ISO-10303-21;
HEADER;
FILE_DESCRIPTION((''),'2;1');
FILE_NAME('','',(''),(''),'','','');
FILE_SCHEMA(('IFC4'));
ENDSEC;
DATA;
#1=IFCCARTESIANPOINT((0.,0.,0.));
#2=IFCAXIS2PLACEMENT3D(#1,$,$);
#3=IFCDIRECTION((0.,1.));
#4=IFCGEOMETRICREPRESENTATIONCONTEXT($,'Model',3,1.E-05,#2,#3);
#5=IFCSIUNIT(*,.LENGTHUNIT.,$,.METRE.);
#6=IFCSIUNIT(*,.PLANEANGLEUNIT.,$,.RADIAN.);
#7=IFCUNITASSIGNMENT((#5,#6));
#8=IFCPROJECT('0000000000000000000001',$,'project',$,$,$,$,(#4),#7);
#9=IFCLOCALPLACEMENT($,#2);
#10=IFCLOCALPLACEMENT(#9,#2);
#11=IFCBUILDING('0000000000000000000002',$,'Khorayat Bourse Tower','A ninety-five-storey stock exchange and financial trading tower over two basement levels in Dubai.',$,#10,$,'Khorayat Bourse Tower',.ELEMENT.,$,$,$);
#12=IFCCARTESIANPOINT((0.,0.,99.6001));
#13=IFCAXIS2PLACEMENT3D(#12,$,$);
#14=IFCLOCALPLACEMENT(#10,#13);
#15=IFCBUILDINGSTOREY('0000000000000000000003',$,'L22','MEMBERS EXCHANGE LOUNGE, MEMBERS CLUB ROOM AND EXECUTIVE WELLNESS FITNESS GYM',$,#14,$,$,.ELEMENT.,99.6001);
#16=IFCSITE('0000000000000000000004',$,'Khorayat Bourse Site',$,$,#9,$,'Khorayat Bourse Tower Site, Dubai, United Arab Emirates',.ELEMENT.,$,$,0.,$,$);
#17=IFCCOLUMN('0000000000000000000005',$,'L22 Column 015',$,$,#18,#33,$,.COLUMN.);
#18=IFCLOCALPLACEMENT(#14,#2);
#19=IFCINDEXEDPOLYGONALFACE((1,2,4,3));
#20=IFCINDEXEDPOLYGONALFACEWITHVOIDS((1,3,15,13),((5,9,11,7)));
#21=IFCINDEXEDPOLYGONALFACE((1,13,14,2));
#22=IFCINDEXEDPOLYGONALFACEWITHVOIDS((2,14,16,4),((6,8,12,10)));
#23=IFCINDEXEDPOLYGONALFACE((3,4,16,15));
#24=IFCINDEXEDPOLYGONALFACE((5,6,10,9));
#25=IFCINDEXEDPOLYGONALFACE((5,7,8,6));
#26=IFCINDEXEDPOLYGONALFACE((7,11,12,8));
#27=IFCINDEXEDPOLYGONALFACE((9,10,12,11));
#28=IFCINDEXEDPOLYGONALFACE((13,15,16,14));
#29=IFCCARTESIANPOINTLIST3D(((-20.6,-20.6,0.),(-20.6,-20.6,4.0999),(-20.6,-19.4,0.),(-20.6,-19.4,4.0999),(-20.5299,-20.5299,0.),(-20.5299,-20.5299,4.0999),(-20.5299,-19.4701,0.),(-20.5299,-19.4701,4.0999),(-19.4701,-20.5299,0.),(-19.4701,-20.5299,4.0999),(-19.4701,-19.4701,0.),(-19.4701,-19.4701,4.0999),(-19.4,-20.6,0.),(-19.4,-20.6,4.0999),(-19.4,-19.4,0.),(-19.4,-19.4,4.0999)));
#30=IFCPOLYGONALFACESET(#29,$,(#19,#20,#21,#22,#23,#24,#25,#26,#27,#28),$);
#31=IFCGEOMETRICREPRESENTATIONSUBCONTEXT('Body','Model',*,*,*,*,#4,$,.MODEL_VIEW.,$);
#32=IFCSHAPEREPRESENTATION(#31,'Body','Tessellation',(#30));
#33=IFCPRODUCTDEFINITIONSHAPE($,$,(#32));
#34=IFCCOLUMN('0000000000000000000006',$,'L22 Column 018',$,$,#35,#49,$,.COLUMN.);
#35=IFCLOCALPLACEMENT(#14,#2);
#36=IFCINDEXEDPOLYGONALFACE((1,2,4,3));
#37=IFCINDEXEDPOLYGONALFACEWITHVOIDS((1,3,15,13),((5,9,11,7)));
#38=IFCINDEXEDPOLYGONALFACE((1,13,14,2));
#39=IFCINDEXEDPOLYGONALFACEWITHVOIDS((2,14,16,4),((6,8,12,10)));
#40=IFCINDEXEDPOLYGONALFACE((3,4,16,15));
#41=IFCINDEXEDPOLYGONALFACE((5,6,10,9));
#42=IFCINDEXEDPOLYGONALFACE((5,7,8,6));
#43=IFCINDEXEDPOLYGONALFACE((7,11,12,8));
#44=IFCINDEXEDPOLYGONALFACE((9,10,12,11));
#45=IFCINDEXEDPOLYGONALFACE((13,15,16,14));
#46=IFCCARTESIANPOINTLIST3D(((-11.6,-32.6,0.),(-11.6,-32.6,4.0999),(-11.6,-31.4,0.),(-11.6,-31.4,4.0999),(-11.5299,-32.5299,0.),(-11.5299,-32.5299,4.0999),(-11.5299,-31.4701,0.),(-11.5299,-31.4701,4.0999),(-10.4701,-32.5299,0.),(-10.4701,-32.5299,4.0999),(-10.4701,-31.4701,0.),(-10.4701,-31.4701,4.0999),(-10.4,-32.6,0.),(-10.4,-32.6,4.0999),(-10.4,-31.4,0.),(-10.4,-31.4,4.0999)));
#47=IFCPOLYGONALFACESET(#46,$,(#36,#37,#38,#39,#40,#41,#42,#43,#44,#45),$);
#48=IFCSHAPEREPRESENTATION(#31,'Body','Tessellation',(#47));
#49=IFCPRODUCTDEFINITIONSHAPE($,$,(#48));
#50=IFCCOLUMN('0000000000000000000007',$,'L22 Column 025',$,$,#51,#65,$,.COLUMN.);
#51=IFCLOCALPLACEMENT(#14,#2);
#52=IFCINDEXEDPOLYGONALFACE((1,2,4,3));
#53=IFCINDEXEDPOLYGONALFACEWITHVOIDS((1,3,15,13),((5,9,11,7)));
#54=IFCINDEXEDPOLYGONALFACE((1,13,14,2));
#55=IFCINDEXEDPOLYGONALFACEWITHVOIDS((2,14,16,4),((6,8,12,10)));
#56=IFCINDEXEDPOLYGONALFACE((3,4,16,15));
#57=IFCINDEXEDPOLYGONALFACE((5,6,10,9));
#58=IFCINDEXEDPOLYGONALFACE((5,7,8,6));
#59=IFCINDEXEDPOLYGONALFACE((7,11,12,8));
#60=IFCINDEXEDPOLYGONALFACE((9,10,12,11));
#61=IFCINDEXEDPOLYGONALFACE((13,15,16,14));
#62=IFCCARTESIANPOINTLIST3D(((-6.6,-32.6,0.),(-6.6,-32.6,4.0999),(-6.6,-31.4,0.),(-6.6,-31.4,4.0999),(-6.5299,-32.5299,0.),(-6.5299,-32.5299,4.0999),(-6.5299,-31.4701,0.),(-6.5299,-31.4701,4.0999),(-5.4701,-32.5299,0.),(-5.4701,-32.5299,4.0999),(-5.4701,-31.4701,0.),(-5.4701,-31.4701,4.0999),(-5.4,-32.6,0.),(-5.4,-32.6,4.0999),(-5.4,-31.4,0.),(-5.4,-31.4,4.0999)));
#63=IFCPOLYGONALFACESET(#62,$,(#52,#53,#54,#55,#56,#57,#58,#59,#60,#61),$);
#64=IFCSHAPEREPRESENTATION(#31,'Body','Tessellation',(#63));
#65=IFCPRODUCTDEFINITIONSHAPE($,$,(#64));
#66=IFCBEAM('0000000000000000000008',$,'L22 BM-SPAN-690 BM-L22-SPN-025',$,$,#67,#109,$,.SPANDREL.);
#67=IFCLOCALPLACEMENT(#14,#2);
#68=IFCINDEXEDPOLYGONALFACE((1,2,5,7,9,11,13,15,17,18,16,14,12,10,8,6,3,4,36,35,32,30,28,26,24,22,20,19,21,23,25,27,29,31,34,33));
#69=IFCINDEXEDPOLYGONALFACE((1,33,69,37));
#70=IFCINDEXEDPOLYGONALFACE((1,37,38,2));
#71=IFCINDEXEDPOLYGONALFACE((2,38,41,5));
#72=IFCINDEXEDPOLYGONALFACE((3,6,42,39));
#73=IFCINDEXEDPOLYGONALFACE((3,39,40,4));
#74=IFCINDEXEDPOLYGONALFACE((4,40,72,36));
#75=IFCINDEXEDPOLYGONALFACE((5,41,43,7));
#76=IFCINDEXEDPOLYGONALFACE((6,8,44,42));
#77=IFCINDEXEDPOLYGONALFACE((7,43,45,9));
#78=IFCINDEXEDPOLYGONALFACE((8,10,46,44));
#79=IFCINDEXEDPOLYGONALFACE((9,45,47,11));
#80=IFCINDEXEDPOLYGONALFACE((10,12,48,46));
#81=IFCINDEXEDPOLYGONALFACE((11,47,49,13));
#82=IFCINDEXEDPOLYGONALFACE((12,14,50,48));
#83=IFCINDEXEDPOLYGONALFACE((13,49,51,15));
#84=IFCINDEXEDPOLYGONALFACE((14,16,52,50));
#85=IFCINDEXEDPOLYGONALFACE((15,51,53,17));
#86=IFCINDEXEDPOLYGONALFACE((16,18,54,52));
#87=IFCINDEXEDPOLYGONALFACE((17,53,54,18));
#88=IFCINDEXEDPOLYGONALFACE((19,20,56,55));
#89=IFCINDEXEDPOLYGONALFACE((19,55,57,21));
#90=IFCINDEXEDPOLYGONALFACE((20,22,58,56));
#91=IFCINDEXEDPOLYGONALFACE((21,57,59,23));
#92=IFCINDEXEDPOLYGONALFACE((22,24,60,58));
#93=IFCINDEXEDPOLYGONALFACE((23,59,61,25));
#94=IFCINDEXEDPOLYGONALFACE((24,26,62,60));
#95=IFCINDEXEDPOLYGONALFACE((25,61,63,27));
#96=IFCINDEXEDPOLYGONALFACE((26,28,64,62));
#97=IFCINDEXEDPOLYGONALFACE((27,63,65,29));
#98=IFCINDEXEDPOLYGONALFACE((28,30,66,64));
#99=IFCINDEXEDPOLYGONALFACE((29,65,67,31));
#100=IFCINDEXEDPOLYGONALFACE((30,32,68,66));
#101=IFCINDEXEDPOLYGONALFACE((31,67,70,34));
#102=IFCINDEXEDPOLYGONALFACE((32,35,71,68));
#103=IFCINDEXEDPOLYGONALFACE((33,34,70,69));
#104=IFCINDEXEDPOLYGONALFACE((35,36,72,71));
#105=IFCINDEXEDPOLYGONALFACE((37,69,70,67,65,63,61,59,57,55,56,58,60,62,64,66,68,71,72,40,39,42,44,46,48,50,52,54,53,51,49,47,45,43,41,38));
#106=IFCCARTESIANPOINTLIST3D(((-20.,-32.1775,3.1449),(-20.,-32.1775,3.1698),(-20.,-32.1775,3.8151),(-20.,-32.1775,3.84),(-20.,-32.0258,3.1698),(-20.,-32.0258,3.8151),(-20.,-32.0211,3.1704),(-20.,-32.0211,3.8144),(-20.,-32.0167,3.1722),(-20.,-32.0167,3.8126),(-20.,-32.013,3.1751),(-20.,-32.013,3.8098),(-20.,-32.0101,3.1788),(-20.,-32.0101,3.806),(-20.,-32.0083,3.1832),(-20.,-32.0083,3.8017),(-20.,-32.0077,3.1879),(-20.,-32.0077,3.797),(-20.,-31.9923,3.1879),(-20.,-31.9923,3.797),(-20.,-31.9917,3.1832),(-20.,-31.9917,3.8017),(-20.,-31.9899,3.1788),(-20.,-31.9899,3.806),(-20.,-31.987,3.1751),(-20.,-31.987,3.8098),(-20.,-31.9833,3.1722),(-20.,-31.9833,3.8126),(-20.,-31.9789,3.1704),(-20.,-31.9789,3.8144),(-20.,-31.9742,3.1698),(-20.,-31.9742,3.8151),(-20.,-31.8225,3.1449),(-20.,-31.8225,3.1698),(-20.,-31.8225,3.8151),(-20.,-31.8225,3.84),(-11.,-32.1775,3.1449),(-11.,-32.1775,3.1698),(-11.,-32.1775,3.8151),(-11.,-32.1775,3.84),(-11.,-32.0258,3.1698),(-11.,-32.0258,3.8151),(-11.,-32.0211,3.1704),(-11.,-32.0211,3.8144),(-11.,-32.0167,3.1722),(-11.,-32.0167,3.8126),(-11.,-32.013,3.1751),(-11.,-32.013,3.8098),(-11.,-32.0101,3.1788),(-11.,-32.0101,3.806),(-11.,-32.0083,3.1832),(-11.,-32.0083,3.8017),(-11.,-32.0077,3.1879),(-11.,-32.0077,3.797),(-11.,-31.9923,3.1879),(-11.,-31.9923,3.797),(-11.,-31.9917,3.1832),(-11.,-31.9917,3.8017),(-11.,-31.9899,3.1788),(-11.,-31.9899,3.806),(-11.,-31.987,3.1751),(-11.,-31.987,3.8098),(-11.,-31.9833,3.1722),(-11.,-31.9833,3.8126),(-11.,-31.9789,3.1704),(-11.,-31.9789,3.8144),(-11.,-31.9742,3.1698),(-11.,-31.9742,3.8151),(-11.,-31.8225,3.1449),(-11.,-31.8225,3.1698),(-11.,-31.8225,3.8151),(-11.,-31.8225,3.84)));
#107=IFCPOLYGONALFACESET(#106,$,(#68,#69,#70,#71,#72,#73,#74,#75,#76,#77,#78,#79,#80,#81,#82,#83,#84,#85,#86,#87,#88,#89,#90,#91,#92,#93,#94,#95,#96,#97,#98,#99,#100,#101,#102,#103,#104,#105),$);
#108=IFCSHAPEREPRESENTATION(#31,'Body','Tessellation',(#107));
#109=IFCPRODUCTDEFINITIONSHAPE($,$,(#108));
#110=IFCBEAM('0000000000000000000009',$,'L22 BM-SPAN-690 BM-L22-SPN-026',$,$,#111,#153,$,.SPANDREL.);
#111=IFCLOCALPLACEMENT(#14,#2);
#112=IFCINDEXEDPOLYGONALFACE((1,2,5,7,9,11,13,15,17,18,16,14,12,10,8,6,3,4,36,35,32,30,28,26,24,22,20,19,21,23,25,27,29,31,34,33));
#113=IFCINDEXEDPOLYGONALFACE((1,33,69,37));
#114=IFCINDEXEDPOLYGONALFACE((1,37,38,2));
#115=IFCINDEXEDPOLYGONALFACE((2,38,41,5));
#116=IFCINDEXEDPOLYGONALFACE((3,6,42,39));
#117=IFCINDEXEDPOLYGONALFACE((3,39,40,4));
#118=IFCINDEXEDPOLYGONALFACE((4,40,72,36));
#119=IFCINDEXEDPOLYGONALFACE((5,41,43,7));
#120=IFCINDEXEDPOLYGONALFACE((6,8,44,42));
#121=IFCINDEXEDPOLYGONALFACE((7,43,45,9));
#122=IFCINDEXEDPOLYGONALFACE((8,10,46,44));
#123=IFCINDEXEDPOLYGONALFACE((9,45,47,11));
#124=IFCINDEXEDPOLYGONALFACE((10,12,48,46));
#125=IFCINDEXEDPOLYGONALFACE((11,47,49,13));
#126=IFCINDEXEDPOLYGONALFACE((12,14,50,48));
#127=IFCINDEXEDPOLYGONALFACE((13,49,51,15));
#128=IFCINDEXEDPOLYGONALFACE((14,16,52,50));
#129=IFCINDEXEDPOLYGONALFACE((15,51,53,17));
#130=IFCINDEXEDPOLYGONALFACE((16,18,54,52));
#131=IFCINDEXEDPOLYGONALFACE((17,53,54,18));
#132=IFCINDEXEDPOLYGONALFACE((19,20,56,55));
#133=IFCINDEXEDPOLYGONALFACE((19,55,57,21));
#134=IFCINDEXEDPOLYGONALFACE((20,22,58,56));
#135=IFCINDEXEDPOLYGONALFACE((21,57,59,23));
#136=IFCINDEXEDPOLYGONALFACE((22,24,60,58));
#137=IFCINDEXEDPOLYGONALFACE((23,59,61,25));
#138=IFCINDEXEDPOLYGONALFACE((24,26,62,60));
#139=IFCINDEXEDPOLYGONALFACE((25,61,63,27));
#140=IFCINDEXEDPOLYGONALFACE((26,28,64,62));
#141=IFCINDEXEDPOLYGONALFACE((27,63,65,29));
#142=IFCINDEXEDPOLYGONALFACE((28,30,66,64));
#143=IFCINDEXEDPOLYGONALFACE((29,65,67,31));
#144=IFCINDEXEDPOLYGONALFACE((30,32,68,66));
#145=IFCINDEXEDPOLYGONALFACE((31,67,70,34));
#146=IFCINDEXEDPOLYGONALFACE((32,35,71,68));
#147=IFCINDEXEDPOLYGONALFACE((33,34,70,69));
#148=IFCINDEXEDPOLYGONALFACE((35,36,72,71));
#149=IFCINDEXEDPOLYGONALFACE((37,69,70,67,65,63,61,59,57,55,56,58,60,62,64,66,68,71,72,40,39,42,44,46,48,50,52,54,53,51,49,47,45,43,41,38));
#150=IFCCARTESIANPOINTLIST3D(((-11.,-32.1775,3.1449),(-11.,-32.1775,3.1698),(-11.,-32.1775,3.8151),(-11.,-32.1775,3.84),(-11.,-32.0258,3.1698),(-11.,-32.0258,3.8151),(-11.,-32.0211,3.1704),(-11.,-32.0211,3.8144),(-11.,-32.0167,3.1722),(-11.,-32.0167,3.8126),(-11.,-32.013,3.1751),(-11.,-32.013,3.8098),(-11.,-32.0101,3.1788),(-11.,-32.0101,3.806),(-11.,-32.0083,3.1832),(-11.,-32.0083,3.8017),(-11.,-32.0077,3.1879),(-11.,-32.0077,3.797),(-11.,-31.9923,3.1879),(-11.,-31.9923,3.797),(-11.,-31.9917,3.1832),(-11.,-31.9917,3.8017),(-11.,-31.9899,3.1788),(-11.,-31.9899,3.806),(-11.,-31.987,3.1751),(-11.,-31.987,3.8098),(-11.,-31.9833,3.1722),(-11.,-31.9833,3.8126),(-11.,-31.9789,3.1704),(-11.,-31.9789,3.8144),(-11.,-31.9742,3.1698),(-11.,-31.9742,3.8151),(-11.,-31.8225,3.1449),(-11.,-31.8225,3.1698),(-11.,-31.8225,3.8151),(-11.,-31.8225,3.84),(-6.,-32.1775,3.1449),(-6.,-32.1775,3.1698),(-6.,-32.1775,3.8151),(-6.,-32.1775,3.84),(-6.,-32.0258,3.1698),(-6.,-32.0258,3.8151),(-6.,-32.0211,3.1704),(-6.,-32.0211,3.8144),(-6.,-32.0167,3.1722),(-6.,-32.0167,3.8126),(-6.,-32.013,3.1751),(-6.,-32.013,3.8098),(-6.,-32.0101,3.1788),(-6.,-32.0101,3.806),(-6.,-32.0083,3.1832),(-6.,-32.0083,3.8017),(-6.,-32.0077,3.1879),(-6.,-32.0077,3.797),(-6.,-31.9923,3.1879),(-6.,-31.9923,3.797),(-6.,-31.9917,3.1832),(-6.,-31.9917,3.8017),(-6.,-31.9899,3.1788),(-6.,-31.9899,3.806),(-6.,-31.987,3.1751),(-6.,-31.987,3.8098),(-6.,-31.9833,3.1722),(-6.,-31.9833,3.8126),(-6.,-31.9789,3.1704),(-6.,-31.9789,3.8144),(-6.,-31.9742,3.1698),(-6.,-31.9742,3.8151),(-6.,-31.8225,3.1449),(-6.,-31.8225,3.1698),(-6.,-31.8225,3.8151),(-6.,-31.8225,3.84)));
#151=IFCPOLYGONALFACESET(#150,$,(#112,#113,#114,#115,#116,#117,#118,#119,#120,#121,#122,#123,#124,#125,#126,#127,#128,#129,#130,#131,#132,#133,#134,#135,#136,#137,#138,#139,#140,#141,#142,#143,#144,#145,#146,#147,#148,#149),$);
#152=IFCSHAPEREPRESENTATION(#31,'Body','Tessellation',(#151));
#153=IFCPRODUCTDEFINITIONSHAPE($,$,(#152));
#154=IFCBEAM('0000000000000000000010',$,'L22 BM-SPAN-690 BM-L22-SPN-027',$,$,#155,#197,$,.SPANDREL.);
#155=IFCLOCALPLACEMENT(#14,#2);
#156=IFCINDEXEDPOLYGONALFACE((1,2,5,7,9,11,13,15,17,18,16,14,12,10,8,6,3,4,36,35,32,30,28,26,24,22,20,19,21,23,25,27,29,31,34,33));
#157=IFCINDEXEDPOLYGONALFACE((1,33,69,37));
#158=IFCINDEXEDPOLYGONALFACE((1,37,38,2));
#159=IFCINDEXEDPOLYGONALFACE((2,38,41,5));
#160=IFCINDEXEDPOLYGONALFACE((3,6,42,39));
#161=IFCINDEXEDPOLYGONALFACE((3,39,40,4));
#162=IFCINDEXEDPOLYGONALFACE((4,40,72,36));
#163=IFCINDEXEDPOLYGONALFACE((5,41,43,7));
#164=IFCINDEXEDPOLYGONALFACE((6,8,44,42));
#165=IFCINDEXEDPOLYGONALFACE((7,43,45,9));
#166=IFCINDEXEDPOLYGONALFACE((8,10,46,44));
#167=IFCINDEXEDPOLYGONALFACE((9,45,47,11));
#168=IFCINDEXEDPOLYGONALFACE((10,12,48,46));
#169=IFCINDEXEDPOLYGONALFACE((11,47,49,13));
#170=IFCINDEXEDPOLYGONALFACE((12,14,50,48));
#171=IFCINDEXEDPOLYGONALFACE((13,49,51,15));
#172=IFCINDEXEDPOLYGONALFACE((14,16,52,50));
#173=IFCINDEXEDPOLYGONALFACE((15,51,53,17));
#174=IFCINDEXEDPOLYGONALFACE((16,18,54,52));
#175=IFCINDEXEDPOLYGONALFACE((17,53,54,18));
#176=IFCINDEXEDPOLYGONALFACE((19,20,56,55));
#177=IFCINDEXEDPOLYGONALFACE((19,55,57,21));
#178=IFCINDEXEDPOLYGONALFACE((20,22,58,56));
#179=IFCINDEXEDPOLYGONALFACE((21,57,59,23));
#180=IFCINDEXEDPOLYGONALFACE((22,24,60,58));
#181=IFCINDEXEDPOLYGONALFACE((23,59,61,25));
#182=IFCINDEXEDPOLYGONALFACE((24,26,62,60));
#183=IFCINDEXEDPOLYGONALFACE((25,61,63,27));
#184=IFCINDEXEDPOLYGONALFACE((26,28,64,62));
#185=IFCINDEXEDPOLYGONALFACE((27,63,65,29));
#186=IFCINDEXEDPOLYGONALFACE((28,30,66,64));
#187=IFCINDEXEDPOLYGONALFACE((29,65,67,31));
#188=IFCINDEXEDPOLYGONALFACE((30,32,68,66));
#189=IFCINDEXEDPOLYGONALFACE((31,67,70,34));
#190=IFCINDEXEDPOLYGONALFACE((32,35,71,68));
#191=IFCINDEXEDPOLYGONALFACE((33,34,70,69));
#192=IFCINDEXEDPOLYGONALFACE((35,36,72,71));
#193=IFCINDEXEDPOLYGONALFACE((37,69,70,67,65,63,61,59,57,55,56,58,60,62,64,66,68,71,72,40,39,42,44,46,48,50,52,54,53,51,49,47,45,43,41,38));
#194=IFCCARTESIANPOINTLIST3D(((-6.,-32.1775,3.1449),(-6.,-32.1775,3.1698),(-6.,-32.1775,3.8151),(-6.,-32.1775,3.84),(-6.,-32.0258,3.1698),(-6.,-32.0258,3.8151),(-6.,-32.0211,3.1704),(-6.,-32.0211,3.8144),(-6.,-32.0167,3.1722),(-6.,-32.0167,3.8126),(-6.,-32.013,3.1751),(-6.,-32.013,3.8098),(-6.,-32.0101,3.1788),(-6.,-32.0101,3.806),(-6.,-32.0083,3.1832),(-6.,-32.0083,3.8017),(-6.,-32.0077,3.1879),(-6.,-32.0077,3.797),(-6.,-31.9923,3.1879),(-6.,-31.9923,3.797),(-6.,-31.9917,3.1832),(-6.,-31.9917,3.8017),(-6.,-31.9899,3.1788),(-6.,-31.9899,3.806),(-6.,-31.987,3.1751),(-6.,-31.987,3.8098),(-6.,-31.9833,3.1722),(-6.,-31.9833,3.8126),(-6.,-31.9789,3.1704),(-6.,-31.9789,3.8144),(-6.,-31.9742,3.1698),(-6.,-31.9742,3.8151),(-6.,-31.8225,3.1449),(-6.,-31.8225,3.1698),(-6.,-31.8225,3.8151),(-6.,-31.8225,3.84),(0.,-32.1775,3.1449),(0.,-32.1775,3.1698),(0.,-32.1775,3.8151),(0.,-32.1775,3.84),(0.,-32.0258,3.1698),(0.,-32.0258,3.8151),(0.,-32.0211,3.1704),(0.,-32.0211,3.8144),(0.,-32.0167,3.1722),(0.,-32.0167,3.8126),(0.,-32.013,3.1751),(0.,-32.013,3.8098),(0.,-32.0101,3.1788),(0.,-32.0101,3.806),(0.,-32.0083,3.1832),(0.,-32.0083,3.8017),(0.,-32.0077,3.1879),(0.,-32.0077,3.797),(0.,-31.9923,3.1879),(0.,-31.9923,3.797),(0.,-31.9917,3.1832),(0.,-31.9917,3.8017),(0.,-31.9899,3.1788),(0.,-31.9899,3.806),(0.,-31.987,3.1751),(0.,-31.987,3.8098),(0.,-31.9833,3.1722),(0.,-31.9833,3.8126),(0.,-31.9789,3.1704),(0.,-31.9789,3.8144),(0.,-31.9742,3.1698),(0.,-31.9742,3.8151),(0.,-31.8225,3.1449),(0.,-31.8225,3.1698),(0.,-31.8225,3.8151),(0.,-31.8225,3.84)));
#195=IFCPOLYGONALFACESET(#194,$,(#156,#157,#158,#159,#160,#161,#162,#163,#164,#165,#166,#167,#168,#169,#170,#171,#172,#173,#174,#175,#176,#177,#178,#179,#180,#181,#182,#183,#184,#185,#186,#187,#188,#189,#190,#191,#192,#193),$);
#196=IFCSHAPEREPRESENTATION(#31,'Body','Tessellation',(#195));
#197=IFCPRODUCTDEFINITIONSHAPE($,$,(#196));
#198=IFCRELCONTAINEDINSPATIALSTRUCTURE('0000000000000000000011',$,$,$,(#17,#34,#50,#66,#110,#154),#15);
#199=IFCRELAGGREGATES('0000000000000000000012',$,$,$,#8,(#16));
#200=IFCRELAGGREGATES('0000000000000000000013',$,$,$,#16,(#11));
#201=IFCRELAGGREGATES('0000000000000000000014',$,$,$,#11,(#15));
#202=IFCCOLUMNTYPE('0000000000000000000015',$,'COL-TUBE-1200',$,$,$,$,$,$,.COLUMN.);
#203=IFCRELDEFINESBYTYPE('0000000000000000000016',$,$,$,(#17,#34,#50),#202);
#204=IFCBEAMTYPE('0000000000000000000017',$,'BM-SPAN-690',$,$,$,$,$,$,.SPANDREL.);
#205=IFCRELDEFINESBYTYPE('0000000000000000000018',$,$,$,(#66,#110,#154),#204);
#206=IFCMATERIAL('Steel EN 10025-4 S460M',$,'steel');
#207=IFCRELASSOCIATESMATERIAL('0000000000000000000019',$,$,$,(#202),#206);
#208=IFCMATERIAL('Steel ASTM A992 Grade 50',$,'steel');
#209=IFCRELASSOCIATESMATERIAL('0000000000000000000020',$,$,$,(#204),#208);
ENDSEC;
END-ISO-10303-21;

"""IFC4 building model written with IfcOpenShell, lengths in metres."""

from ifc_helpers import new_model, si_unit, direction, frame, origin, origin_2d, place, context, subcontext, project, spatial, hollow_rectangle, i_section, extrude, source, transform, mapped, material, material_profile, profile_set, type_object, element, save


model = new_model("IFC4")

# Units and contexts
model_context = context("Model", 3, precision=1e-05, world=origin(), true_north=direction((0.0, 1.0)))
body_context = subcontext(model_context, "Body", "Model", "MODEL_VIEW")
ifc_project = project(units=[si_unit("LENGTHUNIT", "METRE"), si_unit("PLANEANGLEUNIT", "RADIAN")], contexts=[model_context])

# Site, building, storey
site_placement = place(None, origin())
site = spatial("IfcSite", under=ifc_project, at=site_placement, Name="Khorayat Bourse Site", LongName="Khorayat Bourse Tower Site, Dubai, United Arab Emirates", CompositionType="ELEMENT", RefElevation=0.0)
building_placement = place(site_placement, origin())
building = spatial("IfcBuilding", under=site, at=building_placement, Name="Khorayat Bourse Tower", Description="A ninety-five-storey stock exchange and financial trading tower over two basement levels in Dubai.", LongName="Khorayat Bourse Tower", CompositionType="ELEMENT")
storey_placement = place(building_placement, frame((0.0, 0.0, 99.6001)))
storey = spatial("IfcBuildingStorey", under=building, at=storey_placement, Name="L22", Description="MEMBERS EXCHANGE LOUNGE, MEMBERS CLUB ROOM AND EXECUTIVE WELLNESS FITNESS GYM", CompositionType="ELEMENT", Elevation=99.6001)

# Columns
ifc_material_1 = material(Name="Steel EN 10025-4 S460M", Category="steel")
ifc_material_profile_1 = material_profile(ifc_material_1, hollow_rectangle(XDim=1.2, YDim=1.2, WallThickness=0.0701, at=origin_2d()), Name="BOX 1200x1200x70")
ifc_profile_set_1 = profile_set([ifc_material_profile_1], Name="Steel EN 10025-4 S460M")
column_type = type_object("IfcColumnType", Name="COL-TUBE-1200", PredefinedType="COLUMN", material=ifc_profile_set_1)
shared_shape_1 = source(origin(), body_context, "Body", "SweptSolid", [
    extrude(hollow_rectangle(XDim=1.2, YDim=1.2, WallThickness=0.0701, at=origin_2d()), origin(), (0.0, 0.0, 1.0), 4.0999),
])
for number, where, z_axis, x_axis, name in (
    (1, (-20.0, -20.0, 0.0), (0.0, 0.0, 1.0), (1.0, 0.0, 0.0), "L22 Column 015"),
    (2, (-11.0, -32.0, 0.0), (0.0, 0.0, 1.0), (1.0, 0.0, 0.0), "L22 Column 018"),
    (3, (-6.0, -32.0, 0.0), (0.0, 0.0, 1.0), (1.0, 0.0, 0.0), "L22 Column 025"),
):
    element("IfcColumn", number, at=place(storey_placement, frame(where, z_axis=z_axis, x_axis=x_axis)), inside=storey, type_object=column_type, Name=name, PredefinedType="COLUMN", context=body_context, shape_type="MappedRepresentation", body=[
        mapped(shared_shape_1, transform((0.0, 0.0, 0.0), scale=1.0)),
    ])

# Beams
ifc_material_2 = material(Name="Steel ASTM A992 Grade 50", Category="steel")
ifc_material_profile_2 = material_profile(ifc_material_2, i_section(OverallWidth=0.355, OverallDepth=0.6951, WebThickness=0.0154, FlangeThickness=0.0249, FilletRadius=0.0181, at=origin_2d()), Name="W690X217")
ifc_profile_set_2 = profile_set([ifc_material_profile_2], Name="Steel ASTM A992 Grade 50")
beam_type_1 = type_object("IfcBeamType", Name="BM-SPAN-690", PredefinedType="SPANDREL", material=ifc_profile_set_2)
shared_shape_2 = source(origin(), body_context, "Body", "SweptSolid", [
    extrude(i_section(OverallWidth=0.355, OverallDepth=0.6951, WebThickness=0.0154, FlangeThickness=0.0249, FilletRadius=0.0181, at=origin_2d()), origin(), (0.0, 0.0, 1.0), 9.0),
])
beam_1_placement = place(storey_placement, frame((-20.0, -32.0, 3.4924), z_axis=(1.0, 0.0, 0.0), x_axis=(0.0, 1.0, 0.0)))
element("IfcBeam", 4, at=beam_1_placement, inside=storey, type_object=beam_type_1, Name="L22 BM-SPAN-690 BM-L22-SPN-025", PredefinedType="SPANDREL", context=body_context, shape_type="MappedRepresentation", body=[
    mapped(shared_shape_2, transform((0.0, 0.0, 0.0), scale=1.0)),
])
shared_shape_3 = source(origin(), body_context, "Body", "SweptSolid", [
    extrude(i_section(OverallWidth=0.355, OverallDepth=0.6951, WebThickness=0.0154, FlangeThickness=0.0249, FilletRadius=0.0181, at=origin_2d()), origin(), (0.0, 0.0, 1.0), 5.0),
])
beam_2_placement = place(storey_placement, frame((-11.0, -32.0, 3.4924), z_axis=(1.0, 0.0, 0.0), x_axis=(0.0, 1.0, 0.0)))
element("IfcBeam", 5, at=beam_2_placement, inside=storey, type_object=beam_type_1, Name="L22 BM-SPAN-690 BM-L22-SPN-026", PredefinedType="SPANDREL", context=body_context, shape_type="MappedRepresentation", body=[
    mapped(shared_shape_3, transform((0.0, 0.0, 0.0), scale=1.0)),
])
shared_shape_4 = source(origin(), body_context, "Body", "SweptSolid", [
    extrude(i_section(OverallWidth=0.355, OverallDepth=0.6951, WebThickness=0.0154, FlangeThickness=0.0249, FilletRadius=0.0181, at=origin_2d()), origin(), (0.0, 0.0, 1.0), 6.0),
])
beam_3_placement = place(storey_placement, frame((-6.0, -32.0, 3.4924), z_axis=(1.0, 0.0, 0.0), x_axis=(0.0, 1.0, 0.0)))
element("IfcBeam", 6, at=beam_3_placement, inside=storey, type_object=beam_type_1, Name="L22 BM-SPAN-690 BM-L22-SPN-027", PredefinedType="SPANDREL", context=body_context, shape_type="MappedRepresentation", body=[
    mapped(shared_shape_4, transform((0.0, 0.0, 0.0), scale=1.0)),
])

save(model, "model.ifc")
